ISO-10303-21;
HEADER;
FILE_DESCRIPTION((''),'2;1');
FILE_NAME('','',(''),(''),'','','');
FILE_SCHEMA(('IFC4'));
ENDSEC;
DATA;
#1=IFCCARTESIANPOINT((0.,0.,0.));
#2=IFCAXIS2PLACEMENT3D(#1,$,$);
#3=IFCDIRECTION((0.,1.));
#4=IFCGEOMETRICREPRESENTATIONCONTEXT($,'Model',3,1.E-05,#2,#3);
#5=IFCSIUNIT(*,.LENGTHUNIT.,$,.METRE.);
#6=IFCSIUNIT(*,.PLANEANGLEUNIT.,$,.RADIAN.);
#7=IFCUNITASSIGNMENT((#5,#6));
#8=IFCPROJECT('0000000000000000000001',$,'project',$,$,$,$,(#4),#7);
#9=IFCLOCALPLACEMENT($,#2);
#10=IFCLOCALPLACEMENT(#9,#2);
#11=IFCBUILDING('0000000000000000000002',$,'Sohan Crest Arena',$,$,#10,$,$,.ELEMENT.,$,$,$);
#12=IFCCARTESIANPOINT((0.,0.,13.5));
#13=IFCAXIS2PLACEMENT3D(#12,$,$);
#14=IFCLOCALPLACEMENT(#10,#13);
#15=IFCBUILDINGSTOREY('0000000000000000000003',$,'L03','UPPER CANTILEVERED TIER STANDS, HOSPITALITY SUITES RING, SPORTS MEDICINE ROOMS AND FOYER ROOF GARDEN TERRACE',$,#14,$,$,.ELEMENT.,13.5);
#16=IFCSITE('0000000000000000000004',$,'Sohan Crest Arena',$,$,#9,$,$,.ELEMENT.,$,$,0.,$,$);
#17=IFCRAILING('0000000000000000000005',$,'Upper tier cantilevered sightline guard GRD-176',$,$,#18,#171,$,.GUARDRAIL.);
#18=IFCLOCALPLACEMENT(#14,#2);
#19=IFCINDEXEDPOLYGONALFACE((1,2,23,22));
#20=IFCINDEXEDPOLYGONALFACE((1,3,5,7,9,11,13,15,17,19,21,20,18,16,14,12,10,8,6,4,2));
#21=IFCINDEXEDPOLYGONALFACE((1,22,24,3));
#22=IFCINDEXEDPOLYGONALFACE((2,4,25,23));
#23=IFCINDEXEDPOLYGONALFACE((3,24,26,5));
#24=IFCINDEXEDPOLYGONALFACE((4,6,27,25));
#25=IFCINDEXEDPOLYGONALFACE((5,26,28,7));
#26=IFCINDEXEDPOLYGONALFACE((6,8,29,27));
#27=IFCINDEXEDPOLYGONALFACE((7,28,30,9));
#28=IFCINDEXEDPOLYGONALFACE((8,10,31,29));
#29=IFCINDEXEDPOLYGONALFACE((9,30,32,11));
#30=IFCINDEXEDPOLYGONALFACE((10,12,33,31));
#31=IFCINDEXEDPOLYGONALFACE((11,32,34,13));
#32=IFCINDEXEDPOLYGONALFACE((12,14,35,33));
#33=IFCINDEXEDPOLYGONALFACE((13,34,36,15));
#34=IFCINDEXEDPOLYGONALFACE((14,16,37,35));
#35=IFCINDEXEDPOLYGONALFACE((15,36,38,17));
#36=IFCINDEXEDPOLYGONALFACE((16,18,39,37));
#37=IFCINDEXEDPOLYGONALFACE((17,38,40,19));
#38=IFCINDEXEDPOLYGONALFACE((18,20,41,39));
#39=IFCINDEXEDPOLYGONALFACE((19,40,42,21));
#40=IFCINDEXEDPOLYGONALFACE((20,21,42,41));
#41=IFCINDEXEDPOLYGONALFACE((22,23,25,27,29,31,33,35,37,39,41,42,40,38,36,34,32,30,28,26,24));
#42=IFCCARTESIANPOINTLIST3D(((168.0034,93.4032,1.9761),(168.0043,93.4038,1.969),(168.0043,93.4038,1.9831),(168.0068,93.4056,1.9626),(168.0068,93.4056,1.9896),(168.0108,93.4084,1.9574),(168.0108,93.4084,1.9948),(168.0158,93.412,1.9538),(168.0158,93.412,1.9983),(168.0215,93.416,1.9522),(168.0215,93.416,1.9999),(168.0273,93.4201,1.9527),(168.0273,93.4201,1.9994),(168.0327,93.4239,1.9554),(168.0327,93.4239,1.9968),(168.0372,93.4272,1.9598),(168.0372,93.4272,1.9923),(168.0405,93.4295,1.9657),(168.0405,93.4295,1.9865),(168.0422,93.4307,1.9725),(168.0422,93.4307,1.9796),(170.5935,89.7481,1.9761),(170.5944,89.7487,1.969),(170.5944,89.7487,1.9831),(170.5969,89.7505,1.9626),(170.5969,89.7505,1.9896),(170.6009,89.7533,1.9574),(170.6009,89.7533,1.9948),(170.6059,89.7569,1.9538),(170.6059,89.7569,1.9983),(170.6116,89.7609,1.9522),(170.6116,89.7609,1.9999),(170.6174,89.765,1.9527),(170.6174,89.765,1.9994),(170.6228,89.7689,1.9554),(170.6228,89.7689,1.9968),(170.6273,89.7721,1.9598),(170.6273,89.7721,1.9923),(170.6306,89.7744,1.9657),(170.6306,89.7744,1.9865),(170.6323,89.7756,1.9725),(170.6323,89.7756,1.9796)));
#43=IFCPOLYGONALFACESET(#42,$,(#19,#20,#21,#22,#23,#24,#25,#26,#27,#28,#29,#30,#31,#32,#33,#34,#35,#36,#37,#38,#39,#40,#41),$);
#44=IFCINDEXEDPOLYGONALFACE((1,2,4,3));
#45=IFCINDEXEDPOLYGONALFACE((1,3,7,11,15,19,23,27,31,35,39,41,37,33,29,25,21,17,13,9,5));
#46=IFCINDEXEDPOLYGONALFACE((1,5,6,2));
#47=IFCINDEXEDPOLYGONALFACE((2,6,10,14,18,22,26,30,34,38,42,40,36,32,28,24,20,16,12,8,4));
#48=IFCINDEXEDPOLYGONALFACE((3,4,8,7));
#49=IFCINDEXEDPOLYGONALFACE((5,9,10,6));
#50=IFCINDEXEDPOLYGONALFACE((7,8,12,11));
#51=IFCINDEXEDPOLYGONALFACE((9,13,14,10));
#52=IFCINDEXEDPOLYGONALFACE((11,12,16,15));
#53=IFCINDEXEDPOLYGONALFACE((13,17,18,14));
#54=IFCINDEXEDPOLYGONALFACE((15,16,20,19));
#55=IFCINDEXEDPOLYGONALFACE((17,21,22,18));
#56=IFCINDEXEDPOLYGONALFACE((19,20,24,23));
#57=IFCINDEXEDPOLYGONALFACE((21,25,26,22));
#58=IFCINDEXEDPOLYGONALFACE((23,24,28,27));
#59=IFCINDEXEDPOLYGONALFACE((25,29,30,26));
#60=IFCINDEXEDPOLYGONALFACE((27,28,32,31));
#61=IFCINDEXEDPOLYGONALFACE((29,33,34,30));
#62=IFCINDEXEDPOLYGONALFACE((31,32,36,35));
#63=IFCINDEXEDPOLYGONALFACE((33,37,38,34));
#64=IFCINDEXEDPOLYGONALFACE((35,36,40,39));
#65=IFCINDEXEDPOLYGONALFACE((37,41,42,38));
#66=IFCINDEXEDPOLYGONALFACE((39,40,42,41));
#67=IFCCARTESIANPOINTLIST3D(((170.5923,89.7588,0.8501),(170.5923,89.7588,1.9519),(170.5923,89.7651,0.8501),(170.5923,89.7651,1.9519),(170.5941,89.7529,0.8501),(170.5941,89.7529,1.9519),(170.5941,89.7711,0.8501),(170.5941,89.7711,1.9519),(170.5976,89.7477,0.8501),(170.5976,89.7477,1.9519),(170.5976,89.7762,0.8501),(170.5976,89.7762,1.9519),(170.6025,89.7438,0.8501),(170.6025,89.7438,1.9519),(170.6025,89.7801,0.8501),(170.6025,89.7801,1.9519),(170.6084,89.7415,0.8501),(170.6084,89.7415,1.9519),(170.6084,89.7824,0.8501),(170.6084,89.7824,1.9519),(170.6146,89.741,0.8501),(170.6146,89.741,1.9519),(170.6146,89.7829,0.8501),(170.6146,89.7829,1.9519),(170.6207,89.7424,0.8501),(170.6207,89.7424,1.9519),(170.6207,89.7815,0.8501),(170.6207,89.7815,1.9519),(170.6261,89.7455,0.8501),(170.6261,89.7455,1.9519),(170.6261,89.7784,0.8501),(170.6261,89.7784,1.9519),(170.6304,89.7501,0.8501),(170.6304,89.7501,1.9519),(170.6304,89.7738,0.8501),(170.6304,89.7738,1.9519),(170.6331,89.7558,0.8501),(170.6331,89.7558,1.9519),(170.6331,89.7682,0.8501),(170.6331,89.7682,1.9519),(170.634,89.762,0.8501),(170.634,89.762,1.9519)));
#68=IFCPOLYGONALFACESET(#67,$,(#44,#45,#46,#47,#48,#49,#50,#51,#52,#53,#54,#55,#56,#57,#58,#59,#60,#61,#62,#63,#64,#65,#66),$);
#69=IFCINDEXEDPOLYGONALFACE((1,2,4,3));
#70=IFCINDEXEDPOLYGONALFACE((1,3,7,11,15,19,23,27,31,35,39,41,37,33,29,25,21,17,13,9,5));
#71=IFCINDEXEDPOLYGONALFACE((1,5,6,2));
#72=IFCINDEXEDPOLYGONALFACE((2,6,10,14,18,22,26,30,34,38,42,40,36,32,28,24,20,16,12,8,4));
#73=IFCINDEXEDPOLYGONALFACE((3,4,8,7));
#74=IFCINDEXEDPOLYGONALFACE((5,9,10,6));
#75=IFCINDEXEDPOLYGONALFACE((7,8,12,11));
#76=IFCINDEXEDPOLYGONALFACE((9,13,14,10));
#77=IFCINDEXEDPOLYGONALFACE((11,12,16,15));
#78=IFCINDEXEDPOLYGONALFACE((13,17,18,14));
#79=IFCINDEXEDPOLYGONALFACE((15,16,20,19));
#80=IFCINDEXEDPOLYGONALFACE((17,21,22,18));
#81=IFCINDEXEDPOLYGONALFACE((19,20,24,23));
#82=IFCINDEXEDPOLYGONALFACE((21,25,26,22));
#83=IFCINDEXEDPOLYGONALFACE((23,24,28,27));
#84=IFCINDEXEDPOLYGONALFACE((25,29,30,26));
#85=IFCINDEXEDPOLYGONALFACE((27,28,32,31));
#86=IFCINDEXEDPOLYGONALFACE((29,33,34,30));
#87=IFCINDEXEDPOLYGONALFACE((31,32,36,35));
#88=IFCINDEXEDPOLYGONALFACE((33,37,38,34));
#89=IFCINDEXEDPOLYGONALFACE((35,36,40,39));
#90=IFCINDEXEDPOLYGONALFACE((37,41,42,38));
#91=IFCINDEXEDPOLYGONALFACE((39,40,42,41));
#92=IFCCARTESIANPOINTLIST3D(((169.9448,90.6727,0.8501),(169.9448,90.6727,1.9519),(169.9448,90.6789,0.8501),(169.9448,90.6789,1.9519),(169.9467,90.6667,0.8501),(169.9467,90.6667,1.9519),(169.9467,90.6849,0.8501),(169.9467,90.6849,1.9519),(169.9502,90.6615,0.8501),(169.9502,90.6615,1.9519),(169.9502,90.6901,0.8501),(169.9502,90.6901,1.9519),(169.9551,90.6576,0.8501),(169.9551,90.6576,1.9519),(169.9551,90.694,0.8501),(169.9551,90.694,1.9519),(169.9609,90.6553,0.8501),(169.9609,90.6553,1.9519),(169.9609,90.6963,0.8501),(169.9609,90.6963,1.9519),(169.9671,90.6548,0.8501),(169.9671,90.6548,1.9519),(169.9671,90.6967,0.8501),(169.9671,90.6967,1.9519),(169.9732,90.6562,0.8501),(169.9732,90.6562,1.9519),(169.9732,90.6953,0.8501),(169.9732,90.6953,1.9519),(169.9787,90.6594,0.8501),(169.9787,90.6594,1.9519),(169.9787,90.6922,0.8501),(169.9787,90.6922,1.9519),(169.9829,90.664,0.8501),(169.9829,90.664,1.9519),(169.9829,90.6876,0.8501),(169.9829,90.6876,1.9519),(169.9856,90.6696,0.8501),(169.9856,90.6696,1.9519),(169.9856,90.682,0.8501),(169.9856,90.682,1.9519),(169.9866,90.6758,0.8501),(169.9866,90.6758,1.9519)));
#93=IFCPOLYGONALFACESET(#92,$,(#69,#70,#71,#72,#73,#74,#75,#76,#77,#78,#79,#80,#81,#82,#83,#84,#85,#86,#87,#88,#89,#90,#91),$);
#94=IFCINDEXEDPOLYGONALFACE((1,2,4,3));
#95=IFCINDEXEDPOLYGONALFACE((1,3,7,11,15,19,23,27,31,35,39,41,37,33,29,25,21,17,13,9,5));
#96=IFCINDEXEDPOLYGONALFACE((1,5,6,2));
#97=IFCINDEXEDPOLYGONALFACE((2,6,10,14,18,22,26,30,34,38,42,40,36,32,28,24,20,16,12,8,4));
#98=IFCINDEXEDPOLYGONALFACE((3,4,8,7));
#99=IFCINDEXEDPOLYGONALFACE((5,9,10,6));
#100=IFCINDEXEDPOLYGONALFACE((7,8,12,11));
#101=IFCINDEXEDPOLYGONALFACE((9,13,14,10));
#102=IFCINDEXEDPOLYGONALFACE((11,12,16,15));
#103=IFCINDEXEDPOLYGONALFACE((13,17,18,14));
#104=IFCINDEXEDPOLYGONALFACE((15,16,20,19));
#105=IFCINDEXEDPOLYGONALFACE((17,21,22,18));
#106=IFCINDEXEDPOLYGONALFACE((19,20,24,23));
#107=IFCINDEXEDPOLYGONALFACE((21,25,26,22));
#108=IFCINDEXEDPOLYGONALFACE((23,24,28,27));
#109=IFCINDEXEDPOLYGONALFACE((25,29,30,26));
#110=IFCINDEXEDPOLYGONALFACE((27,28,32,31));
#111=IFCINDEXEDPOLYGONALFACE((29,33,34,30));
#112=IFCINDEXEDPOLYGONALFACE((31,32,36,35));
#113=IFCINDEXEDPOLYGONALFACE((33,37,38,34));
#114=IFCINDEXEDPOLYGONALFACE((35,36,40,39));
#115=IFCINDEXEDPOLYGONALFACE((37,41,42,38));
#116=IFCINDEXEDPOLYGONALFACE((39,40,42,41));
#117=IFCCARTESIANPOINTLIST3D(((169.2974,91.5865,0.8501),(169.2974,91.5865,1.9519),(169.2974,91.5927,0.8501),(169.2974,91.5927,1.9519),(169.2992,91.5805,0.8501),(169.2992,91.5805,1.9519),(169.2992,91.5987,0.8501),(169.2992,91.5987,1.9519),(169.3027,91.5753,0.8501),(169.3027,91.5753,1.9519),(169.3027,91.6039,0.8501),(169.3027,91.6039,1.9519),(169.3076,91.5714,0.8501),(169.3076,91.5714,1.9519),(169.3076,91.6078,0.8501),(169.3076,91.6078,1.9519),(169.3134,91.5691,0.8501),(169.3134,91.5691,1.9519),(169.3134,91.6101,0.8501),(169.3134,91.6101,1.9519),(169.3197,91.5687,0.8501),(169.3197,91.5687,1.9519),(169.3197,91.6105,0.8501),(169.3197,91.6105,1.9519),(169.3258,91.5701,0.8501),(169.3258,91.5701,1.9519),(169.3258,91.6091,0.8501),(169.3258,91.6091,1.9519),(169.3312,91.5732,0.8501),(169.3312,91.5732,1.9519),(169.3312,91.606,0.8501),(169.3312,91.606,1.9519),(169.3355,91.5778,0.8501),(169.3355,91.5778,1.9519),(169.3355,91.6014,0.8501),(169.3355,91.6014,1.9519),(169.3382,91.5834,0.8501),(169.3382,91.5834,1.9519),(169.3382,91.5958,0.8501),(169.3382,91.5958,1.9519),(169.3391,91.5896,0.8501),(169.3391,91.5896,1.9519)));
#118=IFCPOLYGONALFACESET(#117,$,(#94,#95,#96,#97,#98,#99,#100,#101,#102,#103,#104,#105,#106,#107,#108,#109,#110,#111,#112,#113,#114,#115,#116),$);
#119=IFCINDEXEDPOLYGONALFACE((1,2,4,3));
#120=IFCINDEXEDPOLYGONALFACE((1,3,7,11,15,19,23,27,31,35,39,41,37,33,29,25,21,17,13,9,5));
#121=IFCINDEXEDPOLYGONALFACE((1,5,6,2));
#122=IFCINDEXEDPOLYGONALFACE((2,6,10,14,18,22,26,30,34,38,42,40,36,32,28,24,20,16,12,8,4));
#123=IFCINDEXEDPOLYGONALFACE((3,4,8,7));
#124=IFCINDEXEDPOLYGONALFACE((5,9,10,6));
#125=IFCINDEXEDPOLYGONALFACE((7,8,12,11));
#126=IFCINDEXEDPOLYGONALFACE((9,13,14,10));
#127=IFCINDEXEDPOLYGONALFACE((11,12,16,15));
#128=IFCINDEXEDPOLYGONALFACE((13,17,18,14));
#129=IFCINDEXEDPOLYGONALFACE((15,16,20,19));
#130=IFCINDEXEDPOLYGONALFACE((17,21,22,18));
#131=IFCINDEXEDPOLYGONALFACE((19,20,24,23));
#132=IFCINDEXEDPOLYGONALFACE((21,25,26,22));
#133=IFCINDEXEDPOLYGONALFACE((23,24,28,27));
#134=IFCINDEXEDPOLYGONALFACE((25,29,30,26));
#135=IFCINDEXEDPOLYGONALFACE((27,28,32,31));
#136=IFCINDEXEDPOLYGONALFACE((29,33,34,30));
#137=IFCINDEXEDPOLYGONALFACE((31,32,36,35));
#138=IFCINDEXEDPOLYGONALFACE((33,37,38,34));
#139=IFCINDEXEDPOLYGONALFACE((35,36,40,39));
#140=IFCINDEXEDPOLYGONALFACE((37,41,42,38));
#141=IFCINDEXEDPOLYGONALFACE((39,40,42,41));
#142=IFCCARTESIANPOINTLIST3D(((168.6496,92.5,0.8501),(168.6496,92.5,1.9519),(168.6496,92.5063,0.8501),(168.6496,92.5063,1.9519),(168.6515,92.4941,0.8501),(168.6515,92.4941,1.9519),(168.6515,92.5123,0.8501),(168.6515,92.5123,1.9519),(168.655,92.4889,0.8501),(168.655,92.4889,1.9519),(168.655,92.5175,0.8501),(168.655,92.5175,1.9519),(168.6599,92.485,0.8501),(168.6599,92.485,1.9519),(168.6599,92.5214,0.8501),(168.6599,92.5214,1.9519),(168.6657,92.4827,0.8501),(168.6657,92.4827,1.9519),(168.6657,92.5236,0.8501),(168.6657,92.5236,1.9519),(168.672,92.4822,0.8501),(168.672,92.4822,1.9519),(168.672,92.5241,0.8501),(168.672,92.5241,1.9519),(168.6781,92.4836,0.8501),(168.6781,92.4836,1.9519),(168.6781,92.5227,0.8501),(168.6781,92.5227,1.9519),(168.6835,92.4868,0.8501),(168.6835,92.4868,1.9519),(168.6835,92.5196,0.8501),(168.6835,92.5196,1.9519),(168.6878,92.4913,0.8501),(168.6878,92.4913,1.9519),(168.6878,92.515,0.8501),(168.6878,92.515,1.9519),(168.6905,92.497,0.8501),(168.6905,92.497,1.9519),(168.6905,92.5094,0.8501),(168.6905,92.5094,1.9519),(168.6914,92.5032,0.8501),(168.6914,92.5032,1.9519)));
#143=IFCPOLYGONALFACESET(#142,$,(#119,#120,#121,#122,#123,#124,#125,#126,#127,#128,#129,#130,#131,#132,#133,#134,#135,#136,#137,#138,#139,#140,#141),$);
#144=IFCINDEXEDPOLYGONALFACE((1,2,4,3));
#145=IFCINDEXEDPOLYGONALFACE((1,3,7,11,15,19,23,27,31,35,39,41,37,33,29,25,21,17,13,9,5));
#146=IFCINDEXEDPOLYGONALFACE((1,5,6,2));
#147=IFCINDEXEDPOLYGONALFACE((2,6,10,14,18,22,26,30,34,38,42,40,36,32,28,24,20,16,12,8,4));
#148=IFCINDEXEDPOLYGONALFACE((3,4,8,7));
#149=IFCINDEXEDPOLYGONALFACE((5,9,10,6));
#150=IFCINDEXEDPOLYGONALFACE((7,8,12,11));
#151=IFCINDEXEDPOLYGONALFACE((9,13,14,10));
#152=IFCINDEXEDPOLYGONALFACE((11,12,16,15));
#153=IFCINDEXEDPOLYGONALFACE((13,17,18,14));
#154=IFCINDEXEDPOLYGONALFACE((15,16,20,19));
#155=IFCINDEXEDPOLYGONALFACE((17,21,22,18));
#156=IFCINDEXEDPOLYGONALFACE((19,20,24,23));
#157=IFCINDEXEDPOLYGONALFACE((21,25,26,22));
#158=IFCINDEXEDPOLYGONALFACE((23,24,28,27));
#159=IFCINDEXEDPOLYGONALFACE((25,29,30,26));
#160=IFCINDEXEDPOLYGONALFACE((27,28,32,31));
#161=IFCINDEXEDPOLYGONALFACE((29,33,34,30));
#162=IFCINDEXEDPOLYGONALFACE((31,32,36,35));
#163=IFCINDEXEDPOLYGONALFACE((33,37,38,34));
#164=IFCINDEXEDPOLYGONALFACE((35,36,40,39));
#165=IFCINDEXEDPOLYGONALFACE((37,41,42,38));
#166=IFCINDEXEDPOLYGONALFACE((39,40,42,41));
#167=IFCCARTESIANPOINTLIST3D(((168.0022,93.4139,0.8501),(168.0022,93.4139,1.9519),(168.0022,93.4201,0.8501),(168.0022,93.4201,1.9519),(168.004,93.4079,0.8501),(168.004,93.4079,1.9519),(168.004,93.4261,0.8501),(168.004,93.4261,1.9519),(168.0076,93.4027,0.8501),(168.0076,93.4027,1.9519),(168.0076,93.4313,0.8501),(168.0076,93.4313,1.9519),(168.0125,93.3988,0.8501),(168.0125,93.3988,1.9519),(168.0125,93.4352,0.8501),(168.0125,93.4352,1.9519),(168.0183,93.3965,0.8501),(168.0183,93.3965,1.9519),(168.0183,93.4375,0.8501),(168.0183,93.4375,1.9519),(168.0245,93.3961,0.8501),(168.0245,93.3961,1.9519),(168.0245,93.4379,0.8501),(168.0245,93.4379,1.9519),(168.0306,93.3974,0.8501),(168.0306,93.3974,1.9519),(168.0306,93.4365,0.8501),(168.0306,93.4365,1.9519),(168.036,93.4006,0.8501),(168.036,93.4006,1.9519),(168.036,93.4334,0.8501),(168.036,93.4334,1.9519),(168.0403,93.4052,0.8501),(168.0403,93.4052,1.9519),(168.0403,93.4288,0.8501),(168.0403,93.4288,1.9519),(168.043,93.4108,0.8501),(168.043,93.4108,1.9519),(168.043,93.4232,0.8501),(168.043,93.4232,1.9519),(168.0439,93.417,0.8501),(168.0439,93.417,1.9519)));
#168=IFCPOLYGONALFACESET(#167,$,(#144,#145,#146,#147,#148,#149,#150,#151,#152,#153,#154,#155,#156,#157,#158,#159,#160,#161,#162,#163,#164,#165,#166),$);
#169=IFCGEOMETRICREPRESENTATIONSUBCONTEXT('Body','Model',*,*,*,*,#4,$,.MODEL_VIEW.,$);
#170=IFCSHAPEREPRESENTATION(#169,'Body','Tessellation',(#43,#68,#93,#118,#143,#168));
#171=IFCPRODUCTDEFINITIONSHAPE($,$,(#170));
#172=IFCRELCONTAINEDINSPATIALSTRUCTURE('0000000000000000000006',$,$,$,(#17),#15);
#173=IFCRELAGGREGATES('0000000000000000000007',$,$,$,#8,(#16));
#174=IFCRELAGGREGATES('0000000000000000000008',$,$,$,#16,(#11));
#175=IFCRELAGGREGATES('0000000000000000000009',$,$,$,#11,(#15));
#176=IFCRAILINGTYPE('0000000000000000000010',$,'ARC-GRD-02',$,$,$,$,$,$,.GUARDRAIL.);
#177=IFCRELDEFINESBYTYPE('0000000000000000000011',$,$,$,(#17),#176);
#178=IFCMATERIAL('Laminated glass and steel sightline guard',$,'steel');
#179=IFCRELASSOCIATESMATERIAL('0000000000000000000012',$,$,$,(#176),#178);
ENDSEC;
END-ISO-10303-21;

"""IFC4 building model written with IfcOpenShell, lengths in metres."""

from ifc_helpers import new_model, si_unit, direction, frame, origin, origin_2d, place, context, subcontext, project, spatial, circle, extrude, material, type_object, element, save


model = new_model("IFC4")

# Units and contexts
model_context = context("Model", 3, precision=1e-05, world=origin(), true_north=direction((0.0, 1.0)))
body_context = subcontext(model_context, "Body", "Model", "MODEL_VIEW")
ifc_project = project(units=[si_unit("LENGTHUNIT", "METRE"), si_unit("PLANEANGLEUNIT", "RADIAN")], contexts=[model_context])

# Site, building, storey
site_placement = place(None, origin())
site = spatial("IfcSite", under=ifc_project, at=site_placement, Name="Sohan Crest Arena", CompositionType="ELEMENT", RefElevation=0.0)
building_placement = place(site_placement, origin())
building = spatial("IfcBuilding", under=site, at=building_placement, Name="Sohan Crest Arena", CompositionType="ELEMENT")
storey_placement = place(building_placement, frame((0.0, 0.0, 13.5)))
storey = spatial("IfcBuildingStorey", under=building, at=storey_placement, Name="L03", Description="UPPER CANTILEVERED TIER STANDS, HOSPITALITY SUITES RING, SPORTS MEDICINE ROOMS AND FOYER ROOF GARDEN TERRACE", CompositionType="ELEMENT", Elevation=13.5)

# Railing
ifc_material_1 = material(Name="Laminated glass and steel sightline guard", Category="steel")
railing_type = type_object("IfcRailingType", Name="ARC-GRD-02", PredefinedType="GUARDRAIL", material=ifc_material_1)
railing_1_placement = place(storey_placement, frame((170.613, 89.762, 0.8501)))
element("IfcRailing", 1, at=railing_1_placement, inside=storey, type_object=railing_type, Name="Upper tier cantilevered sightline guard GRD-176", PredefinedType="GUARDRAIL", context=body_context, shape_type="SweptSolid", body=[
    extrude(circle(Radius=0.0239, at=origin_2d()), frame((0.0, 0.0, 1.126), z_axis=(-0.578182, 0.815908, 0.0), x_axis=(-0.815908, -0.578182, 0.0)), (0.0, 0.0, 1.0), 4.4797),
    extrude(circle(Radius=0.021, at=origin_2d()), origin(), (0.0, 0.0, 1.0), 1.1018),
    extrude(circle(Radius=0.021, at=origin_2d()), frame((-0.6475, 0.9138, 0.0)), (0.0, 0.0, 1.0), 1.1018),
    extrude(circle(Radius=0.021, at=origin_2d()), frame((-1.2949, 1.8276, 0.0)), (0.0, 0.0, 1.0), 1.1018),
    extrude(circle(Radius=0.021, at=origin_2d()), frame((-1.9426, 2.7412, 0.0)), (0.0, 0.0, 1.0), 1.1018),
    extrude(circle(Radius=0.021, at=origin_2d()), frame((-2.5901, 3.655, 0.0)), (0.0, 0.0, 1.0), 1.1018),
])

save(model, "model.ifc")
